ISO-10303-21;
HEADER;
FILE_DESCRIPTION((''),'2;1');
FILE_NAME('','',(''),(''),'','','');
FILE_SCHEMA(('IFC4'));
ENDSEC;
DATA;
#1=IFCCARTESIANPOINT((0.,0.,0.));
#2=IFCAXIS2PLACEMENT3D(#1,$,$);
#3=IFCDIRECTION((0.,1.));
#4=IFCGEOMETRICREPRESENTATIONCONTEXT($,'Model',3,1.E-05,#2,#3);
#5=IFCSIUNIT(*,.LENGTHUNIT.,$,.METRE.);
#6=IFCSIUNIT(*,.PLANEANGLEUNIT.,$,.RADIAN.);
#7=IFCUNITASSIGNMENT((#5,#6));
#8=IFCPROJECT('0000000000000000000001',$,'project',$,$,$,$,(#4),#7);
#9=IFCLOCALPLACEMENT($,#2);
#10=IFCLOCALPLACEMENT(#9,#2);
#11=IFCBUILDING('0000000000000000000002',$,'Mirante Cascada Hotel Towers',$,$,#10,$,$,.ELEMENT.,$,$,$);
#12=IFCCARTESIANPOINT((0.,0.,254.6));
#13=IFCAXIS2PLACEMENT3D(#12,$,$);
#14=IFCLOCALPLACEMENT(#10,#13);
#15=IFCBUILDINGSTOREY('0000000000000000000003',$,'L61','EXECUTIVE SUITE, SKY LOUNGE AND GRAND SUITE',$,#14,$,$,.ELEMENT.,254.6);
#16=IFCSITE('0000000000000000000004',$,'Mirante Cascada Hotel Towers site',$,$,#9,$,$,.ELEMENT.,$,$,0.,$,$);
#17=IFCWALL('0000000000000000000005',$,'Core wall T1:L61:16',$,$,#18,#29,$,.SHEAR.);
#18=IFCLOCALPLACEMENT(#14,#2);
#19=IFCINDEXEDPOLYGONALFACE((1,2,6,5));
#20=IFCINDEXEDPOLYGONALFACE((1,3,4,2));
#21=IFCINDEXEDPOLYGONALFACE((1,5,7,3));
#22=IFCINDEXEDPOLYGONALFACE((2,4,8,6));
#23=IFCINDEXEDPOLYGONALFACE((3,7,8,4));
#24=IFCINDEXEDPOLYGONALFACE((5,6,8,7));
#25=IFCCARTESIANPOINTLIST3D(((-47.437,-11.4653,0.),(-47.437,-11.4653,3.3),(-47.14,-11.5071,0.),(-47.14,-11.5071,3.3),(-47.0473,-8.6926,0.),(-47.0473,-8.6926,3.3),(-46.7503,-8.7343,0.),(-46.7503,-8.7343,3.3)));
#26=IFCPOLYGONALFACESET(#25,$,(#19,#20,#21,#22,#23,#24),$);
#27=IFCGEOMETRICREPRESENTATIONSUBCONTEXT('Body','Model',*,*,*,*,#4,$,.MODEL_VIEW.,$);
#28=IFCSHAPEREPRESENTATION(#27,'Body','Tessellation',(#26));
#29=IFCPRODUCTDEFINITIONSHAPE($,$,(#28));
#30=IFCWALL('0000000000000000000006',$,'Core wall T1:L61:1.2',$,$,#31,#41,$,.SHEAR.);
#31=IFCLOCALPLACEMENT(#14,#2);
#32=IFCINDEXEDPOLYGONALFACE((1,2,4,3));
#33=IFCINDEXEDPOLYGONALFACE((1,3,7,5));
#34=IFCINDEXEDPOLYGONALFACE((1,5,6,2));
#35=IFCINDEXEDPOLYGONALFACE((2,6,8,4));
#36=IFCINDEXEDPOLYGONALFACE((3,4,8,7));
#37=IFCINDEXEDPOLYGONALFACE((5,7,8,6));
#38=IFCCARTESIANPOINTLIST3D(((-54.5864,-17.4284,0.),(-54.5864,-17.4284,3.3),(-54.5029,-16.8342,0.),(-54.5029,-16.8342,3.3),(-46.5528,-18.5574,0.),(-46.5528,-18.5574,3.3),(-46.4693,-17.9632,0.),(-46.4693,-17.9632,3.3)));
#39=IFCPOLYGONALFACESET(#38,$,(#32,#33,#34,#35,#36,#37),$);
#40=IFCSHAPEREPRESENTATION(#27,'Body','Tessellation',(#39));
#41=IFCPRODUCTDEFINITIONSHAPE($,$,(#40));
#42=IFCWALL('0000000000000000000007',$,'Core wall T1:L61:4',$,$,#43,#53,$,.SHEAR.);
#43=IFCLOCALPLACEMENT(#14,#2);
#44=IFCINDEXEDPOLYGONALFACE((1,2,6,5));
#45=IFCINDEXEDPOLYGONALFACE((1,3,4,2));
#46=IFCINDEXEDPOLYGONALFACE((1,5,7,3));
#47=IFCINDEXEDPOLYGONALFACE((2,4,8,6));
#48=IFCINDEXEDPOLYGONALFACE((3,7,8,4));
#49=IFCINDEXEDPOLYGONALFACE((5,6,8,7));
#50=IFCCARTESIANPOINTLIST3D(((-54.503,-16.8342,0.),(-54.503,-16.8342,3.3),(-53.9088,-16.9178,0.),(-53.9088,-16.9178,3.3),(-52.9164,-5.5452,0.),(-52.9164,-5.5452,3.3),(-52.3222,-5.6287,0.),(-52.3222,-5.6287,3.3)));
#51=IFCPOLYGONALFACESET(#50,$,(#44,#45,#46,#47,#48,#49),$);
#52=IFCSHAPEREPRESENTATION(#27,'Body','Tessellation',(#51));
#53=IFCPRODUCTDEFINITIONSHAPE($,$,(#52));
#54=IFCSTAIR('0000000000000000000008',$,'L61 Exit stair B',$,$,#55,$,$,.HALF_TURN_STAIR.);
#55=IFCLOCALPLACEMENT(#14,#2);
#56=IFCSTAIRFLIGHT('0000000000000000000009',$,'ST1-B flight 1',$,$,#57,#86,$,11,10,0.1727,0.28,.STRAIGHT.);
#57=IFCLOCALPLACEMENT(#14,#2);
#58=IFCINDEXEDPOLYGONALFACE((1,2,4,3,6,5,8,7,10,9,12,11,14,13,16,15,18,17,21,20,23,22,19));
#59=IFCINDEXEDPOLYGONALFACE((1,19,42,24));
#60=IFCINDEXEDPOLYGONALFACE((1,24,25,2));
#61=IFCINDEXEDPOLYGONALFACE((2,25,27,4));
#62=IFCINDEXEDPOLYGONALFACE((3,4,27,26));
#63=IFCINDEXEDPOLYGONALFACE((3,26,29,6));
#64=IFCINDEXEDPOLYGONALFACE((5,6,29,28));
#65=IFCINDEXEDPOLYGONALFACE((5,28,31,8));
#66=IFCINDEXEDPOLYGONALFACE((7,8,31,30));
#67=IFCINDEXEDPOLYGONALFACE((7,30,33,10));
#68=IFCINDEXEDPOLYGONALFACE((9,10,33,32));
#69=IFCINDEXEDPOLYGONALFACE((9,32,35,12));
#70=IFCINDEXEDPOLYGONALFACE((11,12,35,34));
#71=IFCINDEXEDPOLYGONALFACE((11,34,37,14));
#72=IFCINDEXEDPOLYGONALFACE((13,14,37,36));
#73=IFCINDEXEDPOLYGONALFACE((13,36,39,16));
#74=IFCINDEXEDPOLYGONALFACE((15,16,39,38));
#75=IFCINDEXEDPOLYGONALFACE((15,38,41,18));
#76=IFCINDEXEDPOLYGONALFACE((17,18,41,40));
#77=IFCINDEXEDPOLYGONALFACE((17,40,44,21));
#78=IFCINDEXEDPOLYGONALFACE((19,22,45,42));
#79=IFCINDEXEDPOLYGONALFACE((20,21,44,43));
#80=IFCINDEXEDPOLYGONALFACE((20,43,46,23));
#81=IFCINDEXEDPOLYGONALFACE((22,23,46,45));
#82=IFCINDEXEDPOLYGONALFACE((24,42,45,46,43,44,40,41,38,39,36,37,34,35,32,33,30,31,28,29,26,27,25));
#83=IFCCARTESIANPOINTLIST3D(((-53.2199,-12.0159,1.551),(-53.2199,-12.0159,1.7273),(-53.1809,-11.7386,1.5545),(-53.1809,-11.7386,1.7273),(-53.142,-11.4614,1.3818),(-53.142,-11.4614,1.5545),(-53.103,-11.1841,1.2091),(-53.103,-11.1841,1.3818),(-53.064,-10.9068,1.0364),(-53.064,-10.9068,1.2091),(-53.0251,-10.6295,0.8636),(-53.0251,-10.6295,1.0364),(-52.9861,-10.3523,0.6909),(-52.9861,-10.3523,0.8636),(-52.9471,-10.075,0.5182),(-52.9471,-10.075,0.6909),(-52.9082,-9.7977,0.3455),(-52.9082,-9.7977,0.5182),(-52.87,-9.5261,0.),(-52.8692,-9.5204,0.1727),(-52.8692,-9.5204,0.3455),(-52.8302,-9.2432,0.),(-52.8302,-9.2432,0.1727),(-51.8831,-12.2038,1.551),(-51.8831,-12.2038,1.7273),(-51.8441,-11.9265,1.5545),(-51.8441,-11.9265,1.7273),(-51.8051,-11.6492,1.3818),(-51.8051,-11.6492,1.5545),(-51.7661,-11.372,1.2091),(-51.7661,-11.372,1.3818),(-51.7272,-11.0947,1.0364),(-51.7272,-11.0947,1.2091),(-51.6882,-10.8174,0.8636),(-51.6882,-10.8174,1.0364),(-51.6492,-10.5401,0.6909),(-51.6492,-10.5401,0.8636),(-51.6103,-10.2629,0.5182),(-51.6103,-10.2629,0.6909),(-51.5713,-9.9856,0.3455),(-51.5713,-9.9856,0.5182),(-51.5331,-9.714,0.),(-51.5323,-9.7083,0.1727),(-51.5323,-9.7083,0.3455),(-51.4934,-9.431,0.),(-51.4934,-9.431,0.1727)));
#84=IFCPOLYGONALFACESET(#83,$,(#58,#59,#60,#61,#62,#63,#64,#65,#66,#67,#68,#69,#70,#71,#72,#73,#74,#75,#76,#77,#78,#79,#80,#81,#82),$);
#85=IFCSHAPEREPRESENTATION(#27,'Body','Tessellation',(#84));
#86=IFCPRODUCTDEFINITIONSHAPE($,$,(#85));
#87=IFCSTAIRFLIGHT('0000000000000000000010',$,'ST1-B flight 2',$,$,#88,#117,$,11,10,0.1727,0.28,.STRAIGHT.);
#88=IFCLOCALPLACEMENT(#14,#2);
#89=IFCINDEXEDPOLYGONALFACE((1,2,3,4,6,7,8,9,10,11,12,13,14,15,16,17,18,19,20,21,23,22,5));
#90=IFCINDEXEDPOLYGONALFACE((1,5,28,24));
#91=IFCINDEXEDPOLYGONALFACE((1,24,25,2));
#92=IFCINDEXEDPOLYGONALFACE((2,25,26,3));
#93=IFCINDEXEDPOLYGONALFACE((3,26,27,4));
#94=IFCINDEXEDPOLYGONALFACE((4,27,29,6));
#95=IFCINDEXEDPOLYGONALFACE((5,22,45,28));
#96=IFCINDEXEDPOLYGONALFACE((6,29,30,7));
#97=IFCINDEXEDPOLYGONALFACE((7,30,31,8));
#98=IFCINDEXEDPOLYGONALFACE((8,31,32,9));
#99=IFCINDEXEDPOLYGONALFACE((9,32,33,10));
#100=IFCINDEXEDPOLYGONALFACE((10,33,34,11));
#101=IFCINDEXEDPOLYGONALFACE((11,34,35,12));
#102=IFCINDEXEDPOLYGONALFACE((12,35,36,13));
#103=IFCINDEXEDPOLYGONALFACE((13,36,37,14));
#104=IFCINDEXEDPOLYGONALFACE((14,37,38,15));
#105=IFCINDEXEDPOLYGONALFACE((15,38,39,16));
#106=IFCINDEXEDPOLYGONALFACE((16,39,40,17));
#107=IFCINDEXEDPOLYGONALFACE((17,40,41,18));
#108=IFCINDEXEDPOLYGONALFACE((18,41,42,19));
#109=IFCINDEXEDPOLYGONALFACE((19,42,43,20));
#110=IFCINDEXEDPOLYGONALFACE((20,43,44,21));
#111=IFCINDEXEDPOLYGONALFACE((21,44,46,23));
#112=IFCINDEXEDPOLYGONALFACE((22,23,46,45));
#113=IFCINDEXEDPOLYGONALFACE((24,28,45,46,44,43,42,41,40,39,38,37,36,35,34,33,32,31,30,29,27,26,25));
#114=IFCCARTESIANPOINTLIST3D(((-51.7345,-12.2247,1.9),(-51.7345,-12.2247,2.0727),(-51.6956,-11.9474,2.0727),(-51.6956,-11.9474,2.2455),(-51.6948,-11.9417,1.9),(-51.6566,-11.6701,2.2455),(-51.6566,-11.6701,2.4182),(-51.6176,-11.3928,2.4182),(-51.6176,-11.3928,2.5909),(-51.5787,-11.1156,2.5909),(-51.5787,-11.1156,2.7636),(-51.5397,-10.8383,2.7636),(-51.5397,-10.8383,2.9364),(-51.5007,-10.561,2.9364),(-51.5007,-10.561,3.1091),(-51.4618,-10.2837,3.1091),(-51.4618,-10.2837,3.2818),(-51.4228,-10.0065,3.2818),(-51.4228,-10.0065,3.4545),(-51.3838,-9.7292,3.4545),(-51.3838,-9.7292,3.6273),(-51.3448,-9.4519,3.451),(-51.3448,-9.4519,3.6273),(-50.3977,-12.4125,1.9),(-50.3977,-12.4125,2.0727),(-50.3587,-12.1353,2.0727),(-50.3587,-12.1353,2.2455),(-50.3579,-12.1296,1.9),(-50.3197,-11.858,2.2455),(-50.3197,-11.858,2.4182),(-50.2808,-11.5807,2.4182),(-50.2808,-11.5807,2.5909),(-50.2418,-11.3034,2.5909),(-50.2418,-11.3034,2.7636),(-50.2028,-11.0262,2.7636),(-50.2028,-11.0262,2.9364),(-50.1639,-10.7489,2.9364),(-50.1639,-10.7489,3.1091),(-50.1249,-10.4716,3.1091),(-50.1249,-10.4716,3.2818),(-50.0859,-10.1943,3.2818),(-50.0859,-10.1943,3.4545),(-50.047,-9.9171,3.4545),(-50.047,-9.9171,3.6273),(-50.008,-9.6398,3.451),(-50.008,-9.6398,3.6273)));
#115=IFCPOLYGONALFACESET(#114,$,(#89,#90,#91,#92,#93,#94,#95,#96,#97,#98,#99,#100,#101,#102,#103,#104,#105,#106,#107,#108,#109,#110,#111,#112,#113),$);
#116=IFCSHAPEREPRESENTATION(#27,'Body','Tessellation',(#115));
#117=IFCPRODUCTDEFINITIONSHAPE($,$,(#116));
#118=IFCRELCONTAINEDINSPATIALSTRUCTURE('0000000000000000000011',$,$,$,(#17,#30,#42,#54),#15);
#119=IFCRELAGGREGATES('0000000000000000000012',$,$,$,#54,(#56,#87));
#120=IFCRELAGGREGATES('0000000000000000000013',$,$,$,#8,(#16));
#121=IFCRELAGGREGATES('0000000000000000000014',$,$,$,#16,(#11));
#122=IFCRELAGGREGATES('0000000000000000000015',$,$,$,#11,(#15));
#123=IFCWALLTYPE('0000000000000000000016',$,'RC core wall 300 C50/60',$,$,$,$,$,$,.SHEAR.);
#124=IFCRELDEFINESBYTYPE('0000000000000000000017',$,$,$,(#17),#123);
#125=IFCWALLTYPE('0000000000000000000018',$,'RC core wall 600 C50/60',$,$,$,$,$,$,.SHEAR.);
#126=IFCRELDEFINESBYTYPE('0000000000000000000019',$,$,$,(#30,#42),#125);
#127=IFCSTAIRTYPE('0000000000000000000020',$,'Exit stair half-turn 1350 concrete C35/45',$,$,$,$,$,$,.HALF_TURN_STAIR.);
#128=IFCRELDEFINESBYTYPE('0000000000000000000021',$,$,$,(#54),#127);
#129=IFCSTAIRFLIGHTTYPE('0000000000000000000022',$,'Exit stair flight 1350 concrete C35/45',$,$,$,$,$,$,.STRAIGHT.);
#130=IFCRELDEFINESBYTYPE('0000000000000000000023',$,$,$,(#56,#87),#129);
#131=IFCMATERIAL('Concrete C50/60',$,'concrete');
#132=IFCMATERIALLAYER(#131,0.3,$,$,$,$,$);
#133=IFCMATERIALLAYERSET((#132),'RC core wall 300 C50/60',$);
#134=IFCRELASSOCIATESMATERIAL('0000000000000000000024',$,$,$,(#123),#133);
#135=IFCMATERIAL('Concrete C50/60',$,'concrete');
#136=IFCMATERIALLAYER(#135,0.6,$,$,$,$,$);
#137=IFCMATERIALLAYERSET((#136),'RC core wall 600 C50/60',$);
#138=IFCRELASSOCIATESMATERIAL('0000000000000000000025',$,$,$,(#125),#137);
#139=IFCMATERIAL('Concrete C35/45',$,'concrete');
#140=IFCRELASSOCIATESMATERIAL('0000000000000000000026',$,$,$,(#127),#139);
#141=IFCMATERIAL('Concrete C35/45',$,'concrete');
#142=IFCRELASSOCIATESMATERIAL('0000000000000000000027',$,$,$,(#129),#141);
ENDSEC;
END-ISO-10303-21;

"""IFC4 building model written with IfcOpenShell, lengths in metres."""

from ifc_helpers import new_model, si_unit, direction, frame, frame_2d, origin, place, context, subcontext, project, spatial, polyline, rectangle, outline, extrude, material, layer, layer_set, type_object, element, aggregate, save


model = new_model("IFC4")

# Units and contexts
model_context = context("Model", 3, precision=1e-05, world=origin(), true_north=direction((0.0, 1.0)))
body_context = subcontext(model_context, "Body", "Model", "MODEL_VIEW")
ifc_project = project(units=[si_unit("LENGTHUNIT", "METRE"), si_unit("PLANEANGLEUNIT", "RADIAN")], contexts=[model_context])

# Site, building, storey
site_placement = place(None, origin())
site = spatial("IfcSite", under=ifc_project, at=site_placement, Name="Mirante Cascada Hotel Towers site", CompositionType="ELEMENT", RefElevation=0.0)
building_placement = place(site_placement, origin())
building = spatial("IfcBuilding", under=site, at=building_placement, Name="Mirante Cascada Hotel Towers", CompositionType="ELEMENT")
storey_placement = place(building_placement, frame((0.0, 0.0, 254.6)))
storey = spatial("IfcBuildingStorey", under=building, at=storey_placement, Name="L61", Description="EXECUTIVE SUITE, SKY LOUNGE AND GRAND SUITE", CompositionType="ELEMENT", Elevation=254.6)

# Shared definitions
ifc_material_1 = material(Name="Concrete C50/60", Category="concrete")
ifc_layer_1 = layer(ifc_material_1, 0.3)
ifc_layer_set_1 = layer_set([ifc_layer_1], Name="RC core wall 300 C50/60")
wall_type_1 = type_object("IfcWallType", Name="RC core wall 300 C50/60", PredefinedType="SHEAR", material=ifc_layer_set_1)

# Walls
wall_1_placement = place(storey_placement, frame((-47.2885, -11.4862, 0.0), z_axis=(0.0, 0.0, 1.0), x_axis=(0.139181, 0.990267, 0.0)))
element("IfcWall", 1, at=wall_1_placement, inside=storey, type_object=wall_type_1, Name="Core wall T1:L61:16", PredefinedType="SHEAR", context=body_context, shape_type="SweptSolid", body=[
    extrude(rectangle(XDim=2.8, YDim=0.3, at=frame_2d((1.4, 0.0))), origin(), (0.0, 0.0, 1.0), 3.3),
])
ifc_material_2 = material(Name="Concrete C50/60", Category="concrete")
ifc_layer_2 = layer(ifc_material_2, 0.6)
ifc_layer_set_2 = layer_set([ifc_layer_2], Name="RC core wall 600 C50/60")
wall_type_2 = type_object("IfcWallType", Name="RC core wall 600 C50/60", PredefinedType="SHEAR", material=ifc_layer_set_2)
wall_2_placement = place(storey_placement, frame((-46.5111, -18.2603, 0.0), z_axis=(0.0, 0.0, 1.0), x_axis=(-0.990269, 0.139167, 0.0)))
element("IfcWall", 2, at=wall_2_placement, inside=storey, type_object=wall_type_2, Name="Core wall T1:L61:1.2", PredefinedType="SHEAR", context=body_context, shape_type="SweptSolid", body=[
    extrude(rectangle(XDim=8.1125, YDim=0.6, at=frame_2d((4.0562, 0.0))), origin(), (0.0, 0.0, 1.0), 3.3),
])
wall_3_placement = place(storey_placement, frame((-54.2059, -16.876, 0.0), z_axis=(0.0, 0.0, 1.0), x_axis=(0.139175, 0.990268, 0.0)))
element("IfcWall", 3, at=wall_3_placement, inside=storey, type_object=wall_type_2, Name="Core wall T1:L61:4", PredefinedType="SHEAR", context=body_context, shape_type="SweptSolid", body=[
    extrude(rectangle(XDim=11.4, YDim=0.6, at=frame_2d((5.7, 0.0))), origin(), (0.0, 0.0, 1.0), 3.3),
])

# Stair, stair flights
ifc_material_3 = material(Name="Concrete C35/45", Category="concrete")
stair_type = type_object("IfcStairType", Name="Exit stair half-turn 1350 concrete C35/45", PredefinedType="HALF_TURN_STAIR", material=ifc_material_3)
stair_placement = place(storey_placement, origin())
stair = element("IfcStair", 4, at=stair_placement, inside=storey, type_object=stair_type, Name="L61 Exit stair B", PredefinedType="HALF_TURN_STAIR")
ifc_material_4 = material(Name="Concrete C35/45", Category="concrete")
stair_flight_type = type_object("IfcStairFlightType", Name="Exit stair flight 1350 concrete C35/45", PredefinedType="STRAIGHT", material=ifc_material_4)
stair_flight_1_placement = place(storey_placement, frame((-52.1618, -9.3371, 0.0), z_axis=(0.0, 0.0, 1.0), x_axis=(-0.139173, -0.990268, 0.0)))
stair_flight_1 = element("IfcStairFlight", 5, at=stair_flight_1_placement, type_object=stair_flight_type, Name="ST1-B flight 1", NumberOfRisers=11, NumberOfTreads=10, PredefinedType="STRAIGHT", RiserHeight=0.1727, TreadLength=0.28, context=body_context, shape_type="SweptSolid", body=[
    extrude(outline(polyline([(0.0, 0.0), (0.0, 0.1727), (0.28, 0.1727), (0.28, 0.3455), (0.56, 0.3455), (0.56, 0.5182), (0.84, 0.5182), (0.84, 0.6909), (1.12, 0.6909), (1.12, 0.8636), (1.4, 0.8636), (1.4, 1.0364), (1.68, 1.0364), (1.68, 1.2091), (1.96, 1.2091), (1.96, 1.3818), (2.24, 1.3818), (2.24, 1.5545), (2.52, 1.5545), (2.52, 1.7273), (2.8, 1.7273), (2.8, 1.9), (2.8, 1.551), (0.2857, 0.0), (0.0, 0.0)])), frame((0.0, 0.675, 0.0), z_axis=(0.0, -1.0, 0.0), x_axis=(1.0, 0.0, 0.0)), (0.0, 0.0, 1.0), 1.35),
])
stair_flight_2_placement = place(storey_placement, frame((-51.0661, -12.3186, 1.9), z_axis=(0.0, 0.0, 1.0), x_axis=(0.139173, 0.990268, 0.0)))
stair_flight_2 = element("IfcStairFlight", 6, at=stair_flight_2_placement, type_object=stair_flight_type, Name="ST1-B flight 2", NumberOfRisers=11, NumberOfTreads=10, PredefinedType="STRAIGHT", RiserHeight=0.1727, TreadLength=0.28, context=body_context, shape_type="SweptSolid", body=[
    extrude(outline(polyline([(0.0, 0.0), (0.0, 0.1727), (0.28, 0.1727), (0.28, 0.3455), (0.56, 0.3455), (0.56, 0.5182), (0.84, 0.5182), (0.84, 0.6909), (1.12, 0.6909), (1.12, 0.8636), (1.4, 0.8636), (1.4, 1.0364), (1.68, 1.0364), (1.68, 1.2091), (1.96, 1.2091), (1.96, 1.3818), (2.24, 1.3818), (2.24, 1.5545), (2.52, 1.5545), (2.52, 1.7273), (2.8, 1.7273), (2.8, 1.9), (2.8, 1.551), (0.2857, 0.0), (0.0, 0.0)])), frame((0.0, 0.675, 0.0), z_axis=(0.0, -1.0, 0.0), x_axis=(1.0, 0.0, 0.0)), (0.0, 0.0, 1.0), 1.35),
])
aggregate(stair, [stair_flight_1, stair_flight_2])

save(model, "model.ifc")
